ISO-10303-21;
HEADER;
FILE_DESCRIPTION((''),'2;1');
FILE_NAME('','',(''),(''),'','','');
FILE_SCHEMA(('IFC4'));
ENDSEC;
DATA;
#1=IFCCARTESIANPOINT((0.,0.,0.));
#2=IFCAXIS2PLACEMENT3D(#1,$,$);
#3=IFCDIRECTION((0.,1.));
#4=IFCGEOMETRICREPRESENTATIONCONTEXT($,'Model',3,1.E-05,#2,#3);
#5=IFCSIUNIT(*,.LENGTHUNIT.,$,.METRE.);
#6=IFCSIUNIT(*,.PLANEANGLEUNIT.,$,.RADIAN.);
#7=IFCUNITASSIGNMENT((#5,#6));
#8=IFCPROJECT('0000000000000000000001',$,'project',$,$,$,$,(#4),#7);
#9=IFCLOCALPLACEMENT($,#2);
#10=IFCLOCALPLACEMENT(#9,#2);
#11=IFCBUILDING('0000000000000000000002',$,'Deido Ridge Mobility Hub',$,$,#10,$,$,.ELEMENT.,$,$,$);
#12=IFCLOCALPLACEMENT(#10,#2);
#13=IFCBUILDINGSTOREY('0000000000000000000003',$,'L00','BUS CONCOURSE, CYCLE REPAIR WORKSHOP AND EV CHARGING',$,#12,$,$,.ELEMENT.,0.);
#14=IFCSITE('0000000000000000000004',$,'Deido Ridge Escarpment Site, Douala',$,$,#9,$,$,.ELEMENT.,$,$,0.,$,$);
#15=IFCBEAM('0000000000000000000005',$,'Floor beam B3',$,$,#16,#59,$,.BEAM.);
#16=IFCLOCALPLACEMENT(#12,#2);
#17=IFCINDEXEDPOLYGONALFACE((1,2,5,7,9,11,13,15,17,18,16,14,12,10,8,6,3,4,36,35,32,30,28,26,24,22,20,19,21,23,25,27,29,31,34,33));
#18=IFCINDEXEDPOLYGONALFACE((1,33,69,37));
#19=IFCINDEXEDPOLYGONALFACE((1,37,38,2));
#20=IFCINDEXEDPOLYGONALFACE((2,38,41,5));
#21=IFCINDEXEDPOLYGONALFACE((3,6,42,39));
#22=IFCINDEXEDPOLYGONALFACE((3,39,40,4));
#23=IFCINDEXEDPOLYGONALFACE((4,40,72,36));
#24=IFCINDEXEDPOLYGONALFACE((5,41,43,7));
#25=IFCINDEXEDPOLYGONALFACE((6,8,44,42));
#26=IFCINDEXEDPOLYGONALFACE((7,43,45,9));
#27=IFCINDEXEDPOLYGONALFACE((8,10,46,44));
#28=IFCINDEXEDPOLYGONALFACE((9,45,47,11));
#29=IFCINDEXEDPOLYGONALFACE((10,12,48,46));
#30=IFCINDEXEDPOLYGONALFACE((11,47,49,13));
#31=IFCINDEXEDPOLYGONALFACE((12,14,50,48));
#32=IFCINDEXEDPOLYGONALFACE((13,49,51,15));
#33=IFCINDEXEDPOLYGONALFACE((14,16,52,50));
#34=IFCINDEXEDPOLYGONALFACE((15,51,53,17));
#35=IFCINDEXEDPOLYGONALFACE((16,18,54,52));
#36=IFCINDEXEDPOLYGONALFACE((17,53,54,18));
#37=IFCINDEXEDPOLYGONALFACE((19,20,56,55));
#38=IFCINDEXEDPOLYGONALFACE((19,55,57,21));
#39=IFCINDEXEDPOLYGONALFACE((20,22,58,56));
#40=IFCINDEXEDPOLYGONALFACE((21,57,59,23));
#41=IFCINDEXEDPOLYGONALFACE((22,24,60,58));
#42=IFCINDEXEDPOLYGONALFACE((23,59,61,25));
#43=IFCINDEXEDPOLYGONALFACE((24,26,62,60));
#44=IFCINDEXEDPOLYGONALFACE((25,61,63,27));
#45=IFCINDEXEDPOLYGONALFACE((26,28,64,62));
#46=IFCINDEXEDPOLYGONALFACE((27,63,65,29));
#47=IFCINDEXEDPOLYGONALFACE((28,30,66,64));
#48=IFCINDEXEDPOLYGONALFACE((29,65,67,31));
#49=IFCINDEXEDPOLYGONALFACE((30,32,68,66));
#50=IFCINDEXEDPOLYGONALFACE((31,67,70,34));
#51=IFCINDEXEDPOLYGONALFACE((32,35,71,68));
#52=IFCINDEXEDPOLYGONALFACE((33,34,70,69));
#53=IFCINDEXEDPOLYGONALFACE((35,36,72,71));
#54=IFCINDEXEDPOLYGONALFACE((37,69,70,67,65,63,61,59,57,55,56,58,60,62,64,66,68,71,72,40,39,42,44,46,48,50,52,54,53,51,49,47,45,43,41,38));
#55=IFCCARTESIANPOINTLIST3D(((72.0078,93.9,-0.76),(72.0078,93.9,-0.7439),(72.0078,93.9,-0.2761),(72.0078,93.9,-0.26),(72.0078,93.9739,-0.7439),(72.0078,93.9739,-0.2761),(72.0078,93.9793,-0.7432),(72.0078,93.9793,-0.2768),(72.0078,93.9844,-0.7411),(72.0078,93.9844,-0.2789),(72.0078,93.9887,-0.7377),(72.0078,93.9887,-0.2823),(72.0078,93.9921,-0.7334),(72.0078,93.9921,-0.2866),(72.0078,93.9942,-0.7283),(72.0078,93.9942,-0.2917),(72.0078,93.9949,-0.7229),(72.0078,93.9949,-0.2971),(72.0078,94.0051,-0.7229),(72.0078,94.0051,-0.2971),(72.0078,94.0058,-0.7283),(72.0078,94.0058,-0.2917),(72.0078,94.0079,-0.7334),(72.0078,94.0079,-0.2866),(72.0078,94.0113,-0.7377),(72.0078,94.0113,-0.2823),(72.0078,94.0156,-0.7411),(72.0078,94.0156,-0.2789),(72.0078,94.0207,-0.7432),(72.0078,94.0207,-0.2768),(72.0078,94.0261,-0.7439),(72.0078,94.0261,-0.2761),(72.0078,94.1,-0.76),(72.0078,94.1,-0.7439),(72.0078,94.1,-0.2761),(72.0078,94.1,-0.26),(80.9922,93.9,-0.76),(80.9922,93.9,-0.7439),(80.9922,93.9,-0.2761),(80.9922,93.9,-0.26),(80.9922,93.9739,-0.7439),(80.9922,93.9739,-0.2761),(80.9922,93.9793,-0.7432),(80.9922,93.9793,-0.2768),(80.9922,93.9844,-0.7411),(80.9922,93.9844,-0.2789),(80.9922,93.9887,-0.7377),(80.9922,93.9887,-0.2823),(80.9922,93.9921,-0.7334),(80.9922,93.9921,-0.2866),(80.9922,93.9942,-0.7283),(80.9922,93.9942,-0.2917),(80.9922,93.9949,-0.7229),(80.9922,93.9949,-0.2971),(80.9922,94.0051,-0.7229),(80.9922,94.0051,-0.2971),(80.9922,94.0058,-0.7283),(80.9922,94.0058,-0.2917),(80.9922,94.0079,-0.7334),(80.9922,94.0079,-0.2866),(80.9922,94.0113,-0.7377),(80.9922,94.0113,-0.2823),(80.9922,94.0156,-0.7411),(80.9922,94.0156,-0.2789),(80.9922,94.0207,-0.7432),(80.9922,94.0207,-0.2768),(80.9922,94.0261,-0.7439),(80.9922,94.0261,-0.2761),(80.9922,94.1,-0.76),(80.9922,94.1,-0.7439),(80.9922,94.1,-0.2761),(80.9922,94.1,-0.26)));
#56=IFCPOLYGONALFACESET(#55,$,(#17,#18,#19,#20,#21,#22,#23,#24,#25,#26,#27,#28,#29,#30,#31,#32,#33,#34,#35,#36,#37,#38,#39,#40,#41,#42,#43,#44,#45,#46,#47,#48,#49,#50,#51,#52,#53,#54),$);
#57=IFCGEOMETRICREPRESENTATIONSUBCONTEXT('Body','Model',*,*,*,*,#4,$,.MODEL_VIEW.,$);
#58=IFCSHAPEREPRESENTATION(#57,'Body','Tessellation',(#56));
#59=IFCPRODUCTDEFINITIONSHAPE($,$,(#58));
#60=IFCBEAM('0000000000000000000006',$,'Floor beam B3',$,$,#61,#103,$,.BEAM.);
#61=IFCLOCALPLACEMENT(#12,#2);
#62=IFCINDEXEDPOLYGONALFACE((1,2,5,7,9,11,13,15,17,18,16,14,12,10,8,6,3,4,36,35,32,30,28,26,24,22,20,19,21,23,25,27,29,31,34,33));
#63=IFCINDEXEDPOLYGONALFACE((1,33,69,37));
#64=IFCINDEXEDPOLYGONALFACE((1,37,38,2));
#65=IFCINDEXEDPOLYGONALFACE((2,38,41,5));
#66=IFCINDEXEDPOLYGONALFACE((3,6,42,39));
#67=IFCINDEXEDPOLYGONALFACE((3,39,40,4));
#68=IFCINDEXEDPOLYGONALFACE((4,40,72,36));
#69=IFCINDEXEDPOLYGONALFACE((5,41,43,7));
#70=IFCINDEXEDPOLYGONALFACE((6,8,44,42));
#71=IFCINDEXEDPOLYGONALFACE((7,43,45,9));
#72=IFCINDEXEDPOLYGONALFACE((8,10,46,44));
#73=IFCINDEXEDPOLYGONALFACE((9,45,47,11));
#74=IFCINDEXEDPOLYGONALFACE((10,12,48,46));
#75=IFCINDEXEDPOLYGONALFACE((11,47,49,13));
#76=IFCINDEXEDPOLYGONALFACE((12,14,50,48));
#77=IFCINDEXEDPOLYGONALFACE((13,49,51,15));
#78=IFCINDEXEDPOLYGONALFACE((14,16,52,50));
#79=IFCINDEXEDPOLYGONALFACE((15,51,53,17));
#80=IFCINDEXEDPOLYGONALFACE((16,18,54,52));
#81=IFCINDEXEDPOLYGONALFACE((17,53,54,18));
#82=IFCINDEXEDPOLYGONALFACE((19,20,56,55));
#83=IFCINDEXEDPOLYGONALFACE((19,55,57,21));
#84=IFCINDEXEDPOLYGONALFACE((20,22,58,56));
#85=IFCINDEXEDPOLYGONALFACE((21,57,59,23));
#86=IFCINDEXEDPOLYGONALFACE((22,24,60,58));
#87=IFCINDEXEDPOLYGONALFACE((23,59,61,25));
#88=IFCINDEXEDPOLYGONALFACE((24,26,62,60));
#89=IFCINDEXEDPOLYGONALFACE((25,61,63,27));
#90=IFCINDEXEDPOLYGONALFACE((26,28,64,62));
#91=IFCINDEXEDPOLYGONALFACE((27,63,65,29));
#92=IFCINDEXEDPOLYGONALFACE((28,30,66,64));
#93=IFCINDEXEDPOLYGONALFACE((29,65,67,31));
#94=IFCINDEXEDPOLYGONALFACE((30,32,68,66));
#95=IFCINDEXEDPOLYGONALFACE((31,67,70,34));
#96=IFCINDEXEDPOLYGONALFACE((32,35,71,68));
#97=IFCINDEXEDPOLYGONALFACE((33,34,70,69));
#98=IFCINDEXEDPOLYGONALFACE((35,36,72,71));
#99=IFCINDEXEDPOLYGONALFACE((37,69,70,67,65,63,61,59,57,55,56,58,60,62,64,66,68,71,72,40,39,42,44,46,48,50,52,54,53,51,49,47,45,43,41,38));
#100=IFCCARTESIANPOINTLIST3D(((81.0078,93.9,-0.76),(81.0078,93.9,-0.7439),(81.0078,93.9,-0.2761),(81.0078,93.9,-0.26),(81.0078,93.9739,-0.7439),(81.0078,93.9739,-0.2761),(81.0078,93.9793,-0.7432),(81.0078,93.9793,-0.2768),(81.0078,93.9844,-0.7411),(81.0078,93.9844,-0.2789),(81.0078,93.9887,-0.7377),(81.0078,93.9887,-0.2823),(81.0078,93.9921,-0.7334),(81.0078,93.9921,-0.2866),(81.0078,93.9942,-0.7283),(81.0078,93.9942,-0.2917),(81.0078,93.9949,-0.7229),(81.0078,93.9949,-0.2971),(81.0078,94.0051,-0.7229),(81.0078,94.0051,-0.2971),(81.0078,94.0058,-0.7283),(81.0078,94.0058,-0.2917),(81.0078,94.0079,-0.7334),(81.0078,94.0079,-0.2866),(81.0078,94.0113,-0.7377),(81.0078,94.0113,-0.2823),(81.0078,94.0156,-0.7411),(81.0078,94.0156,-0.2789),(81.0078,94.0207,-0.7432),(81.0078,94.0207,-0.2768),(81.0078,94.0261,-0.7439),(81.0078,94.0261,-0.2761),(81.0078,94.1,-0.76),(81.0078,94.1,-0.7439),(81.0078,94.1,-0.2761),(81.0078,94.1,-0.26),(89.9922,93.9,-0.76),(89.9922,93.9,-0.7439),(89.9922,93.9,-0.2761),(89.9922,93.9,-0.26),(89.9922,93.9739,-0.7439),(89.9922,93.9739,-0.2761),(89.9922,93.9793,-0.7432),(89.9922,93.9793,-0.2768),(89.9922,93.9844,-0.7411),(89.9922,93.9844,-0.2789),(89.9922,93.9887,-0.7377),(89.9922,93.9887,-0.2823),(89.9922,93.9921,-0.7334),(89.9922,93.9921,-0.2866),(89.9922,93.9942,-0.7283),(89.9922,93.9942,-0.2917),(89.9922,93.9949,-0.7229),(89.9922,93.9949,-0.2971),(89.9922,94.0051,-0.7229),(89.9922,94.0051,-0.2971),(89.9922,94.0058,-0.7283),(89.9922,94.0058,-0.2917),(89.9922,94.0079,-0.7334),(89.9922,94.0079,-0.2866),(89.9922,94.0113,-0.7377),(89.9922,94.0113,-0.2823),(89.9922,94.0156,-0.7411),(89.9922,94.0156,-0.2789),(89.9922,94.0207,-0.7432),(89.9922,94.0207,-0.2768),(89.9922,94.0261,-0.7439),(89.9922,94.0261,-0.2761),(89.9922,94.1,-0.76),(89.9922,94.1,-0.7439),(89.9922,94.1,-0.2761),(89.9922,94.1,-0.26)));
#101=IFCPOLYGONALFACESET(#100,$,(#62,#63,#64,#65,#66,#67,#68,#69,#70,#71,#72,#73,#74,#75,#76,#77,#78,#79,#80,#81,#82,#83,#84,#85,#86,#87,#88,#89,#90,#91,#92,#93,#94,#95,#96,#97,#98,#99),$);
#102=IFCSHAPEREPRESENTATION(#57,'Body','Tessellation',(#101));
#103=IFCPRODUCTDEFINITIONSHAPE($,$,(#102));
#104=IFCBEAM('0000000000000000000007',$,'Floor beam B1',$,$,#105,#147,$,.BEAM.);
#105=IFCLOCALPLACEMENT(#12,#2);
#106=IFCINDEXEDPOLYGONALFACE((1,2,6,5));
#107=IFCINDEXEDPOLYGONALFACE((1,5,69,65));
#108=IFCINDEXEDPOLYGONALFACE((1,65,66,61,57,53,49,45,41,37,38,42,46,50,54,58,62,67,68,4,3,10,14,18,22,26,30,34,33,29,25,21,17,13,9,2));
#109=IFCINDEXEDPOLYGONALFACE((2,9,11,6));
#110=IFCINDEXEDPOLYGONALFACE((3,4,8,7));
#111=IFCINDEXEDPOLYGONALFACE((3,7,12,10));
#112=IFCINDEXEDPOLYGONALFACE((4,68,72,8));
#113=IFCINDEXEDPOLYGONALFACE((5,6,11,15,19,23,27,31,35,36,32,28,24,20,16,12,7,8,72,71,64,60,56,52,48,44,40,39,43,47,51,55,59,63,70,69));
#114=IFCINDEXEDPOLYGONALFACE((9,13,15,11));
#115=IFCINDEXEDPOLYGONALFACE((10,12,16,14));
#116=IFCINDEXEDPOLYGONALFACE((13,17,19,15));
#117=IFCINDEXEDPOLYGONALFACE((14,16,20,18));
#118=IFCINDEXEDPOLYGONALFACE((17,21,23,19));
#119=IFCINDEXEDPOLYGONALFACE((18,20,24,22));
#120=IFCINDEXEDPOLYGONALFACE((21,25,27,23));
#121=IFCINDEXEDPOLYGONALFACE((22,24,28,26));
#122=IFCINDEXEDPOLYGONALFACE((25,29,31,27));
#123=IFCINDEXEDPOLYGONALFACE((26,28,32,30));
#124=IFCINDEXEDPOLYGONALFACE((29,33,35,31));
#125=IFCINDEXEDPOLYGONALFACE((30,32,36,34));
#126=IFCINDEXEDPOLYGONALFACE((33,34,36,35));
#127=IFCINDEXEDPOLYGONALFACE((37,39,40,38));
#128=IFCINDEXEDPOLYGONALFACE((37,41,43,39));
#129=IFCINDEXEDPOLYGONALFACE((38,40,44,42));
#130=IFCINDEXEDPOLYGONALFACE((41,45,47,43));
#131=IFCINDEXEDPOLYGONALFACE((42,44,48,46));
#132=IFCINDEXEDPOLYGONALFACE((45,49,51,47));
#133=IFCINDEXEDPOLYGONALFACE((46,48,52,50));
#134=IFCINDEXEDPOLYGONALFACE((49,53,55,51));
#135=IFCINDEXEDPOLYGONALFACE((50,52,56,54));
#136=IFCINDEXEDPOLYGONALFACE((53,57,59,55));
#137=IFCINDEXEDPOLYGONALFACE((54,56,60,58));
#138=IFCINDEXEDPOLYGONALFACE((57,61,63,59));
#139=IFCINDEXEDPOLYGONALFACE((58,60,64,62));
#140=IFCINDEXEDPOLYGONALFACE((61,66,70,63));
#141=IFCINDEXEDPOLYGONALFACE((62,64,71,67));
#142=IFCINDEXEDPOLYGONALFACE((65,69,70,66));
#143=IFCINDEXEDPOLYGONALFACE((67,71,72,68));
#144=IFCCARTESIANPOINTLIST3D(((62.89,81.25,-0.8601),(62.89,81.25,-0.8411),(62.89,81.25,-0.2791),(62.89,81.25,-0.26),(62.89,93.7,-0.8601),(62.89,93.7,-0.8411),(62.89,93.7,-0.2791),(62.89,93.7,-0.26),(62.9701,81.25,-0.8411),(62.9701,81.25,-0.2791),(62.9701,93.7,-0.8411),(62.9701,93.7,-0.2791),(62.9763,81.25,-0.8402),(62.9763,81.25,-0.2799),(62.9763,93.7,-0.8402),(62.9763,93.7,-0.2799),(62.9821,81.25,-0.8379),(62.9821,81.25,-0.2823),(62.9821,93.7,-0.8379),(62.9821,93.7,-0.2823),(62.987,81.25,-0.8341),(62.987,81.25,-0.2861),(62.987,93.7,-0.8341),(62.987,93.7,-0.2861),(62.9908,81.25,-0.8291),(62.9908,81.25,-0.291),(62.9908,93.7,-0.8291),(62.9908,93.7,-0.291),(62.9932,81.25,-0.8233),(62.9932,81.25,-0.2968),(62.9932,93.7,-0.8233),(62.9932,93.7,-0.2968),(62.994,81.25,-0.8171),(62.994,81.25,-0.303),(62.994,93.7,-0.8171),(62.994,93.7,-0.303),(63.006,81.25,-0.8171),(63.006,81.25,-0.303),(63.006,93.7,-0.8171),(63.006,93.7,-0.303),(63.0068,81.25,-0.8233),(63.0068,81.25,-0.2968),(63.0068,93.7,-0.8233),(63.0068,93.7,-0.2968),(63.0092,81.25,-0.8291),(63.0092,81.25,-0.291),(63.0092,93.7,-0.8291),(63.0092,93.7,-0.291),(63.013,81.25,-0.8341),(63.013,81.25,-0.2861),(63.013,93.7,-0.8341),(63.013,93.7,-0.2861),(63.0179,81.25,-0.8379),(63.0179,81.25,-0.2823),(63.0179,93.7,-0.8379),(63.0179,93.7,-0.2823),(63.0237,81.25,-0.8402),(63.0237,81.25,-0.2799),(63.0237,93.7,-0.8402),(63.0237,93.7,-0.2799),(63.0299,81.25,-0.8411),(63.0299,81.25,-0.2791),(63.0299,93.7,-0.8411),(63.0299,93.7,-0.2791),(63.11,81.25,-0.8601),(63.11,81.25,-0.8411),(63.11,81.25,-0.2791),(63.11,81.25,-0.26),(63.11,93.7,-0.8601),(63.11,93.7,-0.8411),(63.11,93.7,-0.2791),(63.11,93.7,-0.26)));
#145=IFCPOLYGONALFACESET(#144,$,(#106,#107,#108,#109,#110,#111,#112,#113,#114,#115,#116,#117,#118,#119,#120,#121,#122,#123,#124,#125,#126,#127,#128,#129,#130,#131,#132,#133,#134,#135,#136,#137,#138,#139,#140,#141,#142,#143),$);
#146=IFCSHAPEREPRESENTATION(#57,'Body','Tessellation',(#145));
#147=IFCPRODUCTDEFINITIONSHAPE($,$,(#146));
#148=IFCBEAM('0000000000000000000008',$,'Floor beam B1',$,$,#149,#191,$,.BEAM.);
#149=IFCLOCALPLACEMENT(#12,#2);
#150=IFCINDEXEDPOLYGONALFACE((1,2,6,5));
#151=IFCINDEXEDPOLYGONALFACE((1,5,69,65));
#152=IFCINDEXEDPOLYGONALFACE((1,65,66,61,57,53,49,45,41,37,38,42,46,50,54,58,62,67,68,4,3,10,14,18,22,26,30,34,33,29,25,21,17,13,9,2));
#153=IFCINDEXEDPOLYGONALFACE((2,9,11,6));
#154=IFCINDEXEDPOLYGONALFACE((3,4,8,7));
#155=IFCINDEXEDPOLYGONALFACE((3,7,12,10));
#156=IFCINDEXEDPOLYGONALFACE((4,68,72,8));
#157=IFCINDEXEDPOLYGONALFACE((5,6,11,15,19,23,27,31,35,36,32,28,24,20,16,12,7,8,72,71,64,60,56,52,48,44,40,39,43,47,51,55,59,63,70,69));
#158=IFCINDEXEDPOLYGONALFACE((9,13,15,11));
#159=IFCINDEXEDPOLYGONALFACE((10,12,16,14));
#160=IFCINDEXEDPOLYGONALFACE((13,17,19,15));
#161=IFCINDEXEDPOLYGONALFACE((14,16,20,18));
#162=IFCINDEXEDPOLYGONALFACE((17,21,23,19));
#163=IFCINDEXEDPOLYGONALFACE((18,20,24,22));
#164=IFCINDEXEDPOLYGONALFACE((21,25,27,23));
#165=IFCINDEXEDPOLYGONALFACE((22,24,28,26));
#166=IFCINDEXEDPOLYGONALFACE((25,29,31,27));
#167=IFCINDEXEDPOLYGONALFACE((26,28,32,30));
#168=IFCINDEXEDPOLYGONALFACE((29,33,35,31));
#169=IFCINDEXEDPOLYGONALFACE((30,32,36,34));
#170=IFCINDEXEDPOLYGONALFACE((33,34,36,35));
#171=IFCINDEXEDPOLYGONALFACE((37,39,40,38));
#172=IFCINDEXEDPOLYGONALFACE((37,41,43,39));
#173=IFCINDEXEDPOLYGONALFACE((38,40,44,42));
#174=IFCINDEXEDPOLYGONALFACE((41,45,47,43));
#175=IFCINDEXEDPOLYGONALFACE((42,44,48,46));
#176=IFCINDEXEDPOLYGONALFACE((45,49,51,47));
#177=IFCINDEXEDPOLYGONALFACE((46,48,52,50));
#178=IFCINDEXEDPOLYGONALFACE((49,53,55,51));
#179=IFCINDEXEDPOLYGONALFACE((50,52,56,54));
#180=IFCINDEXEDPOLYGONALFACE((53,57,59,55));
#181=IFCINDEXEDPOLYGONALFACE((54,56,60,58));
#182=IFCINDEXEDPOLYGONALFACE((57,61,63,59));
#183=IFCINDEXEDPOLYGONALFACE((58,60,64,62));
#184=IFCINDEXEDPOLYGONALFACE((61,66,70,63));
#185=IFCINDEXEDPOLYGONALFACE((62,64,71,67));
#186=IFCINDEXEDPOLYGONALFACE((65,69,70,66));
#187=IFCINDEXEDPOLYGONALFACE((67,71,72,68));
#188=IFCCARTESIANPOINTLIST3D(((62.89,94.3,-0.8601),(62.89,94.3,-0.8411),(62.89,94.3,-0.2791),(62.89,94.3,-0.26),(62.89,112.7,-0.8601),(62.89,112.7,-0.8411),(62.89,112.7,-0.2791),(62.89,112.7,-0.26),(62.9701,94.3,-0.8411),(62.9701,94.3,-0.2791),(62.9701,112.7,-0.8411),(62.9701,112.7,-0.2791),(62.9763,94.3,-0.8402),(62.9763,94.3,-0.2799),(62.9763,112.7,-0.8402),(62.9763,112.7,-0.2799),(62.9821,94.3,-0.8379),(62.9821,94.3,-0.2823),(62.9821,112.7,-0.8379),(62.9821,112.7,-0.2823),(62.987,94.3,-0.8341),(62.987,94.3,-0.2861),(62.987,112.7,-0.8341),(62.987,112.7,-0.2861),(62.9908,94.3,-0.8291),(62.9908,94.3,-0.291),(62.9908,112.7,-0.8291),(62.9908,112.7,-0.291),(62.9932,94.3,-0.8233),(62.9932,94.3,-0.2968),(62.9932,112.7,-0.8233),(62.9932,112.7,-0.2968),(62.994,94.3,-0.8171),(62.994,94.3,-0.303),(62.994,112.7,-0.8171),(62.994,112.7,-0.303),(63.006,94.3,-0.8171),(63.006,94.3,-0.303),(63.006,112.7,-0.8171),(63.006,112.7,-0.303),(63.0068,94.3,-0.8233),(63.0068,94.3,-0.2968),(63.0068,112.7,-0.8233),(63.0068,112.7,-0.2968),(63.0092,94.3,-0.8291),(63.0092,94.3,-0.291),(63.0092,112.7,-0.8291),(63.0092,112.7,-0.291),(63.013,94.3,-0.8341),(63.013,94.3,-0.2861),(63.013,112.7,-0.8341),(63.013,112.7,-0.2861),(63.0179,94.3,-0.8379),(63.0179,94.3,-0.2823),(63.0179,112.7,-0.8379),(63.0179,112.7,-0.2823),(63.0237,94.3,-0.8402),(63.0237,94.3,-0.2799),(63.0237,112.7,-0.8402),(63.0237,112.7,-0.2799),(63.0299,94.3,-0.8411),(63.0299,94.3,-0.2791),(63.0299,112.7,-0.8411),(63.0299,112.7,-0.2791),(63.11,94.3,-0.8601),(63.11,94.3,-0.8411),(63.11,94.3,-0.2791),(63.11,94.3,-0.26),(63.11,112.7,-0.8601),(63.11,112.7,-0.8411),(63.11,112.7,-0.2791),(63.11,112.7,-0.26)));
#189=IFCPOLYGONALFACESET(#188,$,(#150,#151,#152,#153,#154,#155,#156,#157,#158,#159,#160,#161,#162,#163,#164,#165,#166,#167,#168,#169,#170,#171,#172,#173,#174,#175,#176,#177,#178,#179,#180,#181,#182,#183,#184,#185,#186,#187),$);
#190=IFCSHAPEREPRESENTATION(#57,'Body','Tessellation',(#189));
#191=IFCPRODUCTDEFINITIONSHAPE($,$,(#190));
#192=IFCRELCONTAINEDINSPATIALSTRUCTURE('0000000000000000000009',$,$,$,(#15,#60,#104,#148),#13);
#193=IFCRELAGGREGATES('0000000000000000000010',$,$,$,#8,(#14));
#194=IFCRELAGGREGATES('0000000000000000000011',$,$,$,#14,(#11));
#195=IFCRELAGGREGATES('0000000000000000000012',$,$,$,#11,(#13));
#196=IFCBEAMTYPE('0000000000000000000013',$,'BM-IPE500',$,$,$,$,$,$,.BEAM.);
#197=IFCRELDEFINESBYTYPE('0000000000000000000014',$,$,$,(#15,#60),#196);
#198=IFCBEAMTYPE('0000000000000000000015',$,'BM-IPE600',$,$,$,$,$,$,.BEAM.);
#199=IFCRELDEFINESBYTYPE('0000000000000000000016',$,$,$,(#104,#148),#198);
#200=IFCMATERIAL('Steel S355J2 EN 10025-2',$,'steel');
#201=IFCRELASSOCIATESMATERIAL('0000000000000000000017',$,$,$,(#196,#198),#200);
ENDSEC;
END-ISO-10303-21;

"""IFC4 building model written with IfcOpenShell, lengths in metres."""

from ifc_helpers import new_model, si_unit, direction, frame, origin, origin_2d, place, context, subcontext, project, spatial, i_section, extrude, material, material_profile, profile_set, type_object, element, save


model = new_model("IFC4")

# Units and contexts
model_context = context("Model", 3, precision=1e-05, world=origin(), true_north=direction((0.0, 1.0)))
body_context = subcontext(model_context, "Body", "Model", "MODEL_VIEW")
ifc_project = project(units=[si_unit("LENGTHUNIT", "METRE"), si_unit("PLANEANGLEUNIT", "RADIAN")], contexts=[model_context])

# Site, building, storey
site_placement = place(None, origin())
site = spatial("IfcSite", under=ifc_project, at=site_placement, Name="Deido Ridge Escarpment Site, Douala", CompositionType="ELEMENT", RefElevation=0.0)
building_placement = place(site_placement, origin())
building = spatial("IfcBuilding", under=site, at=building_placement, Name="Deido Ridge Mobility Hub", CompositionType="ELEMENT")
storey_placement = place(building_placement, origin())
storey = spatial("IfcBuildingStorey", under=building, at=storey_placement, Name="L00", Description="BUS CONCOURSE, CYCLE REPAIR WORKSHOP AND EV CHARGING", CompositionType="ELEMENT", Elevation=0.0)

# Shared definitions
ifc_material_1 = material(Name="Steel S355J2 EN 10025-2", Category="steel")

# Beams
ifc_material_profile_1 = material_profile(ifc_material_1, i_section(OverallWidth=0.2, OverallDepth=0.5, WebThickness=0.0103, FlangeThickness=0.0161, FilletRadius=0.021, at=origin_2d()), Name="IPE 500")
ifc_profile_set_1 = profile_set([ifc_material_profile_1], Name="Steel S355J2 EN 10025-2")
beam_type_1 = type_object("IfcBeamType", Name="BM-IPE500", PredefinedType="BEAM", material=ifc_profile_set_1)
for number, where, z_axis, x_axis, name in (
    (1, (72.0078, 94.0, -0.51), (1.0, 0.0, 0.0), (0.0, 1.0, 0.0), "Floor beam B3"),
    (2, (81.0078, 94.0, -0.51), (1.0, 0.0, 0.0), (0.0, 1.0, 0.0), "Floor beam B3"),
):
    element("IfcBeam", number, at=place(storey_placement, frame(where, z_axis=z_axis, x_axis=x_axis)), inside=storey, type_object=beam_type_1, Name=name, PredefinedType="BEAM", context=body_context, shape_type="SweptSolid", body=[
        extrude(i_section(OverallWidth=0.2, OverallDepth=0.5, WebThickness=0.0103, FlangeThickness=0.0161, FilletRadius=0.021, at=origin_2d()), origin(), (0.0, 0.0, 1.0), 8.9844),
    ])
ifc_material_profile_2 = material_profile(ifc_material_1, i_section(OverallWidth=0.22, OverallDepth=0.6001, WebThickness=0.012, FlangeThickness=0.019, FilletRadius=0.0239, at=origin_2d()), Name="IPE 600")
ifc_profile_set_2 = profile_set([ifc_material_profile_2], Name="Steel S355J2 EN 10025-2")
beam_type_2 = type_object("IfcBeamType", Name="BM-IPE600", PredefinedType="BEAM", material=ifc_profile_set_2)
beam_1_placement = place(storey_placement, frame((63.0, 81.25, -0.5601), z_axis=(0.0, 1.0, 0.0), x_axis=(-1.0, 0.0, 0.0)))
element("IfcBeam", 3, at=beam_1_placement, inside=storey, type_object=beam_type_2, Name="Floor beam B1", PredefinedType="BEAM", context=body_context, shape_type="SweptSolid", body=[
    extrude(i_section(OverallWidth=0.22, OverallDepth=0.6001, WebThickness=0.012, FlangeThickness=0.019, FilletRadius=0.0239, at=origin_2d()), origin(), (0.0, 0.0, 1.0), 12.45),
])
beam_2_placement = place(storey_placement, frame((63.0, 94.3, -0.5601), z_axis=(0.0, 1.0, 0.0), x_axis=(-1.0, 0.0, 0.0)))
element("IfcBeam", 4, at=beam_2_placement, inside=storey, type_object=beam_type_2, Name="Floor beam B1", PredefinedType="BEAM", context=body_context, shape_type="SweptSolid", body=[
    extrude(i_section(OverallWidth=0.22, OverallDepth=0.6001, WebThickness=0.012, FlangeThickness=0.019, FilletRadius=0.0239, at=origin_2d()), origin(), (0.0, 0.0, 1.0), 18.3999),
])

save(model, "model.ifc")
